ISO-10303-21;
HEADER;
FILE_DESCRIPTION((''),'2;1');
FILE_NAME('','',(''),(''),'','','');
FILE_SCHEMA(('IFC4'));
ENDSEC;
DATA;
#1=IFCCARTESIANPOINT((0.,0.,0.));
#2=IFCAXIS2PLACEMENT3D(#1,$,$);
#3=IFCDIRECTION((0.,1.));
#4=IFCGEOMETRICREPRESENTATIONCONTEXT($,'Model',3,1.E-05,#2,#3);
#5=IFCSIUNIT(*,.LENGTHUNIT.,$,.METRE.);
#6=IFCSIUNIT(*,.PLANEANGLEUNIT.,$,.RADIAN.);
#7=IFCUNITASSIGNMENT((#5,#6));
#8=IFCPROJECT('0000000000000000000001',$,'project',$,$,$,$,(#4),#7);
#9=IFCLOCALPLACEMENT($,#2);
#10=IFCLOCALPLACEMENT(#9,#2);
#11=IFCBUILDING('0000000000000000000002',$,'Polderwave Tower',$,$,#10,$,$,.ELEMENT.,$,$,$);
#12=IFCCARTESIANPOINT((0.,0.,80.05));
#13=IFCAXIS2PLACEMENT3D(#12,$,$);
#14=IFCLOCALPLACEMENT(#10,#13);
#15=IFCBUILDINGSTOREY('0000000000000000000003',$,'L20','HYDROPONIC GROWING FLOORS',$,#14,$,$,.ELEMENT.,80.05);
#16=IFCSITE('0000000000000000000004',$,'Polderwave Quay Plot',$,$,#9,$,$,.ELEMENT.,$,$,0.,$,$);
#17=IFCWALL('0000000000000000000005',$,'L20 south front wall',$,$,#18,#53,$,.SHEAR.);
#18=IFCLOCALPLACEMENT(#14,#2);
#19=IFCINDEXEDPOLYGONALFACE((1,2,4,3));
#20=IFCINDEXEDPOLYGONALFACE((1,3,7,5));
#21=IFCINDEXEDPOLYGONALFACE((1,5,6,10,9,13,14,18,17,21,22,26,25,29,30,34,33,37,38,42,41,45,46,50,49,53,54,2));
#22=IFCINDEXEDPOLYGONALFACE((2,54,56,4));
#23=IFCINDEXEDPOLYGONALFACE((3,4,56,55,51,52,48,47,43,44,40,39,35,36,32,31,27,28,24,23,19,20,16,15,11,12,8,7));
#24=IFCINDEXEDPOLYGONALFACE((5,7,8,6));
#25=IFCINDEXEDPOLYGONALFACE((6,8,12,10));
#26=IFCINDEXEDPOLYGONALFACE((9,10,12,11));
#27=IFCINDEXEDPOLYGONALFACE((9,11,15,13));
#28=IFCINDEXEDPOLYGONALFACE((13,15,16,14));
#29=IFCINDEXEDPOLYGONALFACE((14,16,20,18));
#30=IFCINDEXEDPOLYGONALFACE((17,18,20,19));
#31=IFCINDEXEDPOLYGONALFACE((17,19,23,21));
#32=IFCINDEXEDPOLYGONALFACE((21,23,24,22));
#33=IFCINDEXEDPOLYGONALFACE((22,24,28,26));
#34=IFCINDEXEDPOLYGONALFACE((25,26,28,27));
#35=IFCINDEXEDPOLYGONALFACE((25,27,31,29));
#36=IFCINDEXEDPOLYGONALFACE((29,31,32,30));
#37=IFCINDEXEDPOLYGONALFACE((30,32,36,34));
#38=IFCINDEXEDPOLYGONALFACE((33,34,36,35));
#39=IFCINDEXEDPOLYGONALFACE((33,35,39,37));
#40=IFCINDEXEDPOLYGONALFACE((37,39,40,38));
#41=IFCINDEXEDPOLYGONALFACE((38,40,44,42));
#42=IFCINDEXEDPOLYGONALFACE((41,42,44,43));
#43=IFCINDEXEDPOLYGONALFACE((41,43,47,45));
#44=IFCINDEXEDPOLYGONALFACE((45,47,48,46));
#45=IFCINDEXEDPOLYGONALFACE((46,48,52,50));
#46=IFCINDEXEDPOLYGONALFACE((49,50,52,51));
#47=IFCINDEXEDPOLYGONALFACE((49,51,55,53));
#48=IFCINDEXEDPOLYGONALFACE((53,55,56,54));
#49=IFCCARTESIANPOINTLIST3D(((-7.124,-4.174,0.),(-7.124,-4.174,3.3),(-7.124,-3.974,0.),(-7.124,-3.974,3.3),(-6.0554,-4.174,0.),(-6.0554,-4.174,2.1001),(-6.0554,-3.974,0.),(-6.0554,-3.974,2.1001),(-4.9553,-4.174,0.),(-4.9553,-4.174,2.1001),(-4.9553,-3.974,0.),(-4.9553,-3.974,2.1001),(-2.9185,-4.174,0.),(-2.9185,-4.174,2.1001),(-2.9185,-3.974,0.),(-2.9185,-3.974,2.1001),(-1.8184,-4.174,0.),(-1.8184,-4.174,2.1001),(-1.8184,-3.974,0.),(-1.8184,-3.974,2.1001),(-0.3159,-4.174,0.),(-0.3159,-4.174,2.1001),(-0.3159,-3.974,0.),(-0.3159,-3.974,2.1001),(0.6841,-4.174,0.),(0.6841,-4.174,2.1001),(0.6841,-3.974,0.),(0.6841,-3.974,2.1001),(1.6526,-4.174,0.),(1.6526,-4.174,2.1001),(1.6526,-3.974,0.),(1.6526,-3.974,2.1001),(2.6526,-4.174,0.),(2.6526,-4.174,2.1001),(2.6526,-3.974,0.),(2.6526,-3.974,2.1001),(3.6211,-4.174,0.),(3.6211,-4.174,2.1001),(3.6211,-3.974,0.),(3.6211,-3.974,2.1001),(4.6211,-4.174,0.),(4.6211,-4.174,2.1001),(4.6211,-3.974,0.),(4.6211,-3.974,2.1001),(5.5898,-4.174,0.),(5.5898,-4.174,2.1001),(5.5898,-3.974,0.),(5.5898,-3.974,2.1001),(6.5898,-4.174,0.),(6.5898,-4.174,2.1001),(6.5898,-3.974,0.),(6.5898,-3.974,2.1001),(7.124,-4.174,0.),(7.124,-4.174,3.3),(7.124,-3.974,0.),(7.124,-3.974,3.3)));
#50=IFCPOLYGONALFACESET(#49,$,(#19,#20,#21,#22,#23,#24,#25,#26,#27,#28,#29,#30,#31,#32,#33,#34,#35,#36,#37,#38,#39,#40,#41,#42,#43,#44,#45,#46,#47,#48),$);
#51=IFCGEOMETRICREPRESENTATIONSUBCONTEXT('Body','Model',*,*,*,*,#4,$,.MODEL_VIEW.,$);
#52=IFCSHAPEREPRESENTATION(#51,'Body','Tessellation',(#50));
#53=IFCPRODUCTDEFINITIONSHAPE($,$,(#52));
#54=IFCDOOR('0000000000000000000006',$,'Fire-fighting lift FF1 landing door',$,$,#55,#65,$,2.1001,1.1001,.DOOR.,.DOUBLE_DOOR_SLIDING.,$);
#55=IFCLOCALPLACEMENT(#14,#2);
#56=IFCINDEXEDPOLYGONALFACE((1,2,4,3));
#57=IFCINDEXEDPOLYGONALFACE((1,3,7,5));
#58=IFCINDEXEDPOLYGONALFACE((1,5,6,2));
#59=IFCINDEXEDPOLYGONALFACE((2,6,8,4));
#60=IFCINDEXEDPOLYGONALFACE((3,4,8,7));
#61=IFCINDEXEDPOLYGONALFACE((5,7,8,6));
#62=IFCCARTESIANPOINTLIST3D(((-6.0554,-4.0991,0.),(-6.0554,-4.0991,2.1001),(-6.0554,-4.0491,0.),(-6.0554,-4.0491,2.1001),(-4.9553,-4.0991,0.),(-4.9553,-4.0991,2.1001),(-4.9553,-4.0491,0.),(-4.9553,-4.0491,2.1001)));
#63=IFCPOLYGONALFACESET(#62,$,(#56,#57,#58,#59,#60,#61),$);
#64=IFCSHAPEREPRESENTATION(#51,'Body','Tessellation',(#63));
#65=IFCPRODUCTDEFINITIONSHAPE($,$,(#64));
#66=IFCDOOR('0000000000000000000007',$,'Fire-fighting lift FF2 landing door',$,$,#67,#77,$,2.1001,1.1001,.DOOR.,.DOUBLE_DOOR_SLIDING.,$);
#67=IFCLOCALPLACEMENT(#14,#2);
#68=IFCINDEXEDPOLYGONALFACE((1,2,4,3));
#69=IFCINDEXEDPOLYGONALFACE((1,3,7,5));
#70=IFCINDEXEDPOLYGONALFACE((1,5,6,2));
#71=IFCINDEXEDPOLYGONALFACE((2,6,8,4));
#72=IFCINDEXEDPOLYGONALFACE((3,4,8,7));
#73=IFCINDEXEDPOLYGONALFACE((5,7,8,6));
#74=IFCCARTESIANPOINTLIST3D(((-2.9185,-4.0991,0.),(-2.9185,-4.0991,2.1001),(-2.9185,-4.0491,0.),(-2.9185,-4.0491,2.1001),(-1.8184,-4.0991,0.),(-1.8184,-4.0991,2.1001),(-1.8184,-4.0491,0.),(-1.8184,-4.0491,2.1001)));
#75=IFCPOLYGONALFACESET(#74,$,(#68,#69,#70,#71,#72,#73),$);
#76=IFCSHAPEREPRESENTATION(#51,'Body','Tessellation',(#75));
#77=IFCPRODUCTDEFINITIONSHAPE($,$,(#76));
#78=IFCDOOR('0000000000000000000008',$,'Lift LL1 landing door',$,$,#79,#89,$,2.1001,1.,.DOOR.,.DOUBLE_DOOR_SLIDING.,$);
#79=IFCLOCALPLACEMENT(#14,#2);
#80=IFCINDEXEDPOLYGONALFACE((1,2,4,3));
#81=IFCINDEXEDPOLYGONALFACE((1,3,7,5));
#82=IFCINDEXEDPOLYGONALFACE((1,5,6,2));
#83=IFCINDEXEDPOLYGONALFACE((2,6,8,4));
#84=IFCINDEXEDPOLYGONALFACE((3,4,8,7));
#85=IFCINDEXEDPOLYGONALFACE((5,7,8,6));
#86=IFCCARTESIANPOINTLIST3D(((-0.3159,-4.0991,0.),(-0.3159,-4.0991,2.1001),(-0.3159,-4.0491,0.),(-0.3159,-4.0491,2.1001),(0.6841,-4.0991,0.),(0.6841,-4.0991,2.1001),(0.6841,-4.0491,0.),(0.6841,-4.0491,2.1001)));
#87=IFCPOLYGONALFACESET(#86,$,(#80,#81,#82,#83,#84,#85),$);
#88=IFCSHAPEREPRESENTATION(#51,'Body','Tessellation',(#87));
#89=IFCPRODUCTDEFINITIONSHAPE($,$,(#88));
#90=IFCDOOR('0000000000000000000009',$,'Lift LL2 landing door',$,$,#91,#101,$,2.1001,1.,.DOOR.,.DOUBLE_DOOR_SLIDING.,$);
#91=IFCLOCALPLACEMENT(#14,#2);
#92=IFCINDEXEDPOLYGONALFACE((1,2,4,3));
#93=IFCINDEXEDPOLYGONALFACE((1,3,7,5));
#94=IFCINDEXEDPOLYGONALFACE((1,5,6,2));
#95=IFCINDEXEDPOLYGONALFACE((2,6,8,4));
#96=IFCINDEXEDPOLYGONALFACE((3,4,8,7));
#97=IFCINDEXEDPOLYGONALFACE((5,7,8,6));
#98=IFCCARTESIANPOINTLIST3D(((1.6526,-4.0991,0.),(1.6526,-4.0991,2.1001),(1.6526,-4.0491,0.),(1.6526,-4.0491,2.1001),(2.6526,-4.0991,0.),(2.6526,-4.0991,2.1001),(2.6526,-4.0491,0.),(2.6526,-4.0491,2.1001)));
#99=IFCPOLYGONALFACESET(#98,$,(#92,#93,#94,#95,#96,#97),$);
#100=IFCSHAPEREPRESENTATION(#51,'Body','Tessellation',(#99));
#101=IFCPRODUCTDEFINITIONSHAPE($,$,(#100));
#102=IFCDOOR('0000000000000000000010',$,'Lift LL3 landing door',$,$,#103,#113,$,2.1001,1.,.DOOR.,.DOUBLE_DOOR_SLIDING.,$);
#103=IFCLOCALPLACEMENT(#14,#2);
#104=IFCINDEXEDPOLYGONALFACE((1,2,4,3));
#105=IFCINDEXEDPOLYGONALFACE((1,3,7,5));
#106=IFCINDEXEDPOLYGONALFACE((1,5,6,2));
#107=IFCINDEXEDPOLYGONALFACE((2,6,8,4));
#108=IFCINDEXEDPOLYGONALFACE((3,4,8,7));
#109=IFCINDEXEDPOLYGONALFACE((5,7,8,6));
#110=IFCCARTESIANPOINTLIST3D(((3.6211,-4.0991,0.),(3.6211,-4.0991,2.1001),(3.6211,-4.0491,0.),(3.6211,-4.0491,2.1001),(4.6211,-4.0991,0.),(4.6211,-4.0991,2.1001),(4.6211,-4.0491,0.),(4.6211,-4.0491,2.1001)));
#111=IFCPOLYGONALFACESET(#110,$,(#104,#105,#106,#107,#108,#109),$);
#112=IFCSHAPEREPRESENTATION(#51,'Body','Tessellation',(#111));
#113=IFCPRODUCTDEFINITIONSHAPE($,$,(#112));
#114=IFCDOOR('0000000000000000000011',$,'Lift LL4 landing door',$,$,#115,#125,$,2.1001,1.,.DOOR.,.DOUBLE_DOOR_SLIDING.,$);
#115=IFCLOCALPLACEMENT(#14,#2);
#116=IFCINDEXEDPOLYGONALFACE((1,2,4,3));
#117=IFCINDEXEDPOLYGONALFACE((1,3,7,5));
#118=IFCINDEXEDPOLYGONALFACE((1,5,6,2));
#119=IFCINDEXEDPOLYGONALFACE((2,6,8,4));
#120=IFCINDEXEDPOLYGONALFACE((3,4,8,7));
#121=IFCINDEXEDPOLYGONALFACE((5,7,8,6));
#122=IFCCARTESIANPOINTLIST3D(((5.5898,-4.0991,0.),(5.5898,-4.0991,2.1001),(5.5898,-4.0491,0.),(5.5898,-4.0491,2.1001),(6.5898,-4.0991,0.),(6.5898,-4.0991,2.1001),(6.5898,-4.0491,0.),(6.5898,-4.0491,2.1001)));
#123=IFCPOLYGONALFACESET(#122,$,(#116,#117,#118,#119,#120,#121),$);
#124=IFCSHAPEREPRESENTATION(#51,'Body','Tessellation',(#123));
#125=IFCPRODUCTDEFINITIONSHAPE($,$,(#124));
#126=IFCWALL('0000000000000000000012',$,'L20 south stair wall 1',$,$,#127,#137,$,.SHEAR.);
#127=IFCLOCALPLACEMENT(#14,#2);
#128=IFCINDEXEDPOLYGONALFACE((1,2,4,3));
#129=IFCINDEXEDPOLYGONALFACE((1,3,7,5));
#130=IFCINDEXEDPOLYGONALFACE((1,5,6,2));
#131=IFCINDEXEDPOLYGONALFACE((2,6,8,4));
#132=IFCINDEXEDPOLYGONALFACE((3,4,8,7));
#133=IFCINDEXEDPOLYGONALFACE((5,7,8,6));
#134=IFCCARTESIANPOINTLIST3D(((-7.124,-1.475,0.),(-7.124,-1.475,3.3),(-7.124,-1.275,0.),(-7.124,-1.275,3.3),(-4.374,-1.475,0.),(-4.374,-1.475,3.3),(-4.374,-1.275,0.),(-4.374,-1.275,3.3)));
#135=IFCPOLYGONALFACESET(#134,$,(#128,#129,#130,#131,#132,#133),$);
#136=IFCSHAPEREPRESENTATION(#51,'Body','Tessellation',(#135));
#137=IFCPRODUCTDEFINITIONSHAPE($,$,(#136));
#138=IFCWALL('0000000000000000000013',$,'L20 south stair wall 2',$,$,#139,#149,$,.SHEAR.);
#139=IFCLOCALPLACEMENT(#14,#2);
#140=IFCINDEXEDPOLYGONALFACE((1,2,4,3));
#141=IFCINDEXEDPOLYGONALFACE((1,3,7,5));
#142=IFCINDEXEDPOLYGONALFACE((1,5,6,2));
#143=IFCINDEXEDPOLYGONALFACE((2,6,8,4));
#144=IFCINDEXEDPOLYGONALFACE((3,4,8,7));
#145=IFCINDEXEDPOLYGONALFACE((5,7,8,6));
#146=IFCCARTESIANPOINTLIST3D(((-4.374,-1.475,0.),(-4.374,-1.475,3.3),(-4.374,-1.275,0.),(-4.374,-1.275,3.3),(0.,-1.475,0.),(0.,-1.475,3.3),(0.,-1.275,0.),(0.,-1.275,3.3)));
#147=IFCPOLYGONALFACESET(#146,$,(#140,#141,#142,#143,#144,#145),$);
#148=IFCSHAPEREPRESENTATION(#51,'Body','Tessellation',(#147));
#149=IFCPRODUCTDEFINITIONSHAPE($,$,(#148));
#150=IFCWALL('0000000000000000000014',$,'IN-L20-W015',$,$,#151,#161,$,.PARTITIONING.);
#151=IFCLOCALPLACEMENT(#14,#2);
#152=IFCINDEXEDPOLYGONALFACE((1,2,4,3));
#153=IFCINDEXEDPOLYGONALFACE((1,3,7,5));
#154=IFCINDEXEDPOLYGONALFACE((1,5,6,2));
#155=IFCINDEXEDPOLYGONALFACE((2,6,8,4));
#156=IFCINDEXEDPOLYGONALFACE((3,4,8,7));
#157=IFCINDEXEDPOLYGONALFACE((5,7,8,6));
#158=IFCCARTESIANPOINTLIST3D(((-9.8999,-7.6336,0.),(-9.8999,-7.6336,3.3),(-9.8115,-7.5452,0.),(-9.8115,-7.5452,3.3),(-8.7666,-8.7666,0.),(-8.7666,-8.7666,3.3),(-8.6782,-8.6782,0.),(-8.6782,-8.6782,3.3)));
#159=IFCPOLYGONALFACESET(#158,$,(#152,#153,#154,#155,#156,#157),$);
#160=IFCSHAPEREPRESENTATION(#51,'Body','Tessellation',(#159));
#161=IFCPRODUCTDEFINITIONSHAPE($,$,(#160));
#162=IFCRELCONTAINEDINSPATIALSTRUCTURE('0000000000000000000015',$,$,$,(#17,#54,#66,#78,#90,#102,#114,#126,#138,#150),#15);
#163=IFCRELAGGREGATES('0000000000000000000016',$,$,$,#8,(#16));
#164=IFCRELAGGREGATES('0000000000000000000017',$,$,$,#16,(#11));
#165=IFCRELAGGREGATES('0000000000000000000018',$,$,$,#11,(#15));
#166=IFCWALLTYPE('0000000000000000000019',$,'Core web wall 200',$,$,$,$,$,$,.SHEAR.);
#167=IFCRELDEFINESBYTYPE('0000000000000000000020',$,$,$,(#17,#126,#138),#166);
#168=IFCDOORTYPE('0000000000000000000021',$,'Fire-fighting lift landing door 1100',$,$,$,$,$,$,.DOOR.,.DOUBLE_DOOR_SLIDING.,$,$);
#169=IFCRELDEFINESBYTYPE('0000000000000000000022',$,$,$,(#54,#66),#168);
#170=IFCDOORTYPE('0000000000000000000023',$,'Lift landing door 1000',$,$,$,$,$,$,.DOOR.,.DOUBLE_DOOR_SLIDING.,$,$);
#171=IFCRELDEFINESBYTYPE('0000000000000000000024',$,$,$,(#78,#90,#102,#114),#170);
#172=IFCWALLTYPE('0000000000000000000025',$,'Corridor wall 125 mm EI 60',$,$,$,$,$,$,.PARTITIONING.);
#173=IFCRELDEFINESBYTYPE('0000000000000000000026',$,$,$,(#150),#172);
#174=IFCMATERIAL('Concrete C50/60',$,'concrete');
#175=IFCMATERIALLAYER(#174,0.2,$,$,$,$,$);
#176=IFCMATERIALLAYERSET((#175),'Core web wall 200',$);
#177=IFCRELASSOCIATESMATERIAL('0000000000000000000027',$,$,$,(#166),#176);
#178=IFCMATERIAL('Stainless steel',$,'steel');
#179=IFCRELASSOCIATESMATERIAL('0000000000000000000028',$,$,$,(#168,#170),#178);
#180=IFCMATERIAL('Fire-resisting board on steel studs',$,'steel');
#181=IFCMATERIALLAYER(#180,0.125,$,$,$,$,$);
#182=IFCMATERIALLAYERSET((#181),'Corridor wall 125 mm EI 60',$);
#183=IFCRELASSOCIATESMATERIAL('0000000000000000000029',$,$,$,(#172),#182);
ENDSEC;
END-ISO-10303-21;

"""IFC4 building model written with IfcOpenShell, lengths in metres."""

from ifc_helpers import new_model, si_unit, direction, frame, frame_2d, origin, place, context, subcontext, project, spatial, rectangle, extrude, material, layer, layer_set, type_object, element, fill, save


model = new_model("IFC4")

# Units and contexts
model_context = context("Model", 3, precision=1e-05, world=origin(), true_north=direction((0.0, 1.0)))
body_context = subcontext(model_context, "Body", "Model", "MODEL_VIEW")
ifc_project = project(units=[si_unit("LENGTHUNIT", "METRE"), si_unit("PLANEANGLEUNIT", "RADIAN")], contexts=[model_context])

# Site, building, storey
site_placement = place(None, origin())
site = spatial("IfcSite", under=ifc_project, at=site_placement, Name="Polderwave Quay Plot", CompositionType="ELEMENT", RefElevation=0.0)
building_placement = place(site_placement, origin())
building = spatial("IfcBuilding", under=site, at=building_placement, Name="Polderwave Tower", CompositionType="ELEMENT")
storey_placement = place(building_placement, frame((0.0, 0.0, 80.05)))
storey = spatial("IfcBuildingStorey", under=building, at=storey_placement, Name="L20", Description="HYDROPONIC GROWING FLOORS", CompositionType="ELEMENT", Elevation=80.05)

# Wall, openings, doors
ifc_material_1 = material(Name="Concrete C50/60", Category="concrete")
ifc_layer_1 = layer(ifc_material_1, 0.2)
ifc_layer_set_1 = layer_set([ifc_layer_1], Name="Core web wall 200")
wall_type_1 = type_object("IfcWallType", Name="Core web wall 200", PredefinedType="SHEAR", material=ifc_layer_set_1)
wall_1_placement = place(storey_placement, frame((-7.124, -4.074, 0.0), z_axis=(0.0, 0.0, 1.0), x_axis=(1.0, 0.0, 0.0)))
wall_1 = element("IfcWall", 1, at=wall_1_placement, inside=storey, type_object=wall_type_1, Name="L20 south front wall", PredefinedType="SHEAR", context=body_context, shape_type="SweptSolid", body=[
    extrude(rectangle(XDim=14.248, YDim=0.2, at=frame_2d((7.124, 0.0))), origin(), (0.0, 0.0, 1.0), 3.3),
])
opening_1_placement = place(wall_1_placement, frame((1.0686, 0.0, 0.0)))
opening_1 = element("IfcOpeningElement", 2, at=opening_1_placement, cuts=wall_1, PredefinedType="OPENING", context=body_context, shape_type="SweptSolid", body=[
    extrude(rectangle(XDim=1.1001, YDim=2.1001, at=frame_2d((0.55, 1.05))), frame((0.0, 0.1099, 0.0), z_axis=(0.0, -1.0, 0.0), x_axis=(1.0, 0.0, 0.0)), (0.0, 0.0, 1.0), 0.22),
])
opening_2_placement = place(wall_1_placement, frame((4.2056, 0.0, 0.0)))
opening_2 = element("IfcOpeningElement", 3, at=opening_2_placement, cuts=wall_1, PredefinedType="OPENING", context=body_context, shape_type="SweptSolid", body=[
    extrude(rectangle(XDim=1.1001, YDim=2.1001, at=frame_2d((0.55, 1.05))), frame((0.0, 0.1099, 0.0), z_axis=(0.0, -1.0, 0.0), x_axis=(1.0, 0.0, 0.0)), (0.0, 0.0, 1.0), 0.22),
])
opening_3_placement = place(wall_1_placement, frame((6.8081, 0.0, 0.0)))
opening_3 = element("IfcOpeningElement", 4, at=opening_3_placement, cuts=wall_1, PredefinedType="OPENING", context=body_context, shape_type="SweptSolid", body=[
    extrude(rectangle(XDim=1.0, YDim=2.1001, at=frame_2d((0.5, 1.05))), frame((0.0, 0.1099, 0.0), z_axis=(0.0, -1.0, 0.0), x_axis=(1.0, 0.0, 0.0)), (0.0, 0.0, 1.0), 0.22),
])
opening_4_placement = place(wall_1_placement, frame((8.7766, 0.0, 0.0)))
opening_4 = element("IfcOpeningElement", 5, at=opening_4_placement, cuts=wall_1, PredefinedType="OPENING", context=body_context, shape_type="SweptSolid", body=[
    extrude(rectangle(XDim=1.0, YDim=2.1001, at=frame_2d((0.5, 1.05))), frame((0.0, 0.1099, 0.0), z_axis=(0.0, -1.0, 0.0), x_axis=(1.0, 0.0, 0.0)), (0.0, 0.0, 1.0), 0.22),
])
opening_5_placement = place(wall_1_placement, frame((10.7451, 0.0, 0.0)))
opening_5 = element("IfcOpeningElement", 6, at=opening_5_placement, cuts=wall_1, PredefinedType="OPENING", context=body_context, shape_type="SweptSolid", body=[
    extrude(rectangle(XDim=1.0, YDim=2.1001, at=frame_2d((0.5, 1.05))), frame((0.0, 0.1099, 0.0), z_axis=(0.0, -1.0, 0.0), x_axis=(1.0, 0.0, 0.0)), (0.0, 0.0, 1.0), 0.22),
])
opening_6_placement = place(wall_1_placement, frame((12.7139, 0.0, 0.0)))
opening_6 = element("IfcOpeningElement", 7, at=opening_6_placement, cuts=wall_1, PredefinedType="OPENING", context=body_context, shape_type="SweptSolid", body=[
    extrude(rectangle(XDim=1.0, YDim=2.1001, at=frame_2d((0.5, 1.05))), frame((0.0, 0.1099, 0.0), z_axis=(0.0, -1.0, 0.0), x_axis=(1.0, 0.0, 0.0)), (0.0, 0.0, 1.0), 0.22),
])
ifc_material_2 = material(Name="Stainless steel", Category="steel")
door_type_1 = type_object("IfcDoorType", Name="Fire-fighting lift landing door 1100", OperationType="DOUBLE_DOOR_SLIDING", PredefinedType="DOOR", material=ifc_material_2)
door_1_placement = place(opening_1_placement, origin())
door_1 = element("IfcDoor", 8, at=door_1_placement, inside=storey, type_object=door_type_1, Name="Fire-fighting lift FF1 landing door", OperationType="DOUBLE_DOOR_SLIDING", OverallHeight=2.1001, OverallWidth=1.1001, PredefinedType="DOOR", context=body_context, shape_type="SweptSolid", body=[
    extrude(rectangle(XDim=1.1001, YDim=2.1001, at=frame_2d((0.55, 1.05))), frame((0.0, 0.0249, 0.0), z_axis=(0.0, -1.0, 0.0), x_axis=(1.0, 0.0, 0.0)), (0.0, 0.0, 1.0), 0.05),
])
fill(opening_1, door_1)
door_2_placement = place(opening_2_placement, origin())
door_2 = element("IfcDoor", 9, at=door_2_placement, inside=storey, type_object=door_type_1, Name="Fire-fighting lift FF2 landing door", OperationType="DOUBLE_DOOR_SLIDING", OverallHeight=2.1001, OverallWidth=1.1001, PredefinedType="DOOR", context=body_context, shape_type="SweptSolid", body=[
    extrude(rectangle(XDim=1.1001, YDim=2.1001, at=frame_2d((0.55, 1.05))), frame((0.0, 0.0249, 0.0), z_axis=(0.0, -1.0, 0.0), x_axis=(1.0, 0.0, 0.0)), (0.0, 0.0, 1.0), 0.05),
])
fill(opening_2, door_2)
door_type_2 = type_object("IfcDoorType", Name="Lift landing door 1000", OperationType="DOUBLE_DOOR_SLIDING", PredefinedType="DOOR", material=ifc_material_2)
door_3_placement = place(opening_3_placement, origin())
door_3 = element("IfcDoor", 10, at=door_3_placement, inside=storey, type_object=door_type_2, Name="Lift LL1 landing door", OperationType="DOUBLE_DOOR_SLIDING", OverallHeight=2.1001, OverallWidth=1.0, PredefinedType="DOOR", context=body_context, shape_type="SweptSolid", body=[
    extrude(rectangle(XDim=1.0, YDim=2.1001, at=frame_2d((0.5, 1.05))), frame((0.0, 0.0249, 0.0), z_axis=(0.0, -1.0, 0.0), x_axis=(1.0, 0.0, 0.0)), (0.0, 0.0, 1.0), 0.05),
])
fill(opening_3, door_3)
door_4_placement = place(opening_4_placement, origin())
door_4 = element("IfcDoor", 11, at=door_4_placement, inside=storey, type_object=door_type_2, Name="Lift LL2 landing door", OperationType="DOUBLE_DOOR_SLIDING", OverallHeight=2.1001, OverallWidth=1.0, PredefinedType="DOOR", context=body_context, shape_type="SweptSolid", body=[
    extrude(rectangle(XDim=1.0, YDim=2.1001, at=frame_2d((0.5, 1.05))), frame((0.0, 0.0249, 0.0), z_axis=(0.0, -1.0, 0.0), x_axis=(1.0, 0.0, 0.0)), (0.0, 0.0, 1.0), 0.05),
])
fill(opening_4, door_4)
door_5_placement = place(opening_5_placement, origin())
door_5 = element("IfcDoor", 12, at=door_5_placement, inside=storey, type_object=door_type_2, Name="Lift LL3 landing door", OperationType="DOUBLE_DOOR_SLIDING", OverallHeight=2.1001, OverallWidth=1.0, PredefinedType="DOOR", context=body_context, shape_type="SweptSolid", body=[
    extrude(rectangle(XDim=1.0, YDim=2.1001, at=frame_2d((0.5, 1.05))), frame((0.0, 0.0249, 0.0), z_axis=(0.0, -1.0, 0.0), x_axis=(1.0, 0.0, 0.0)), (0.0, 0.0, 1.0), 0.05),
])
fill(opening_5, door_5)
door_6_placement = place(opening_6_placement, origin())
door_6 = element("IfcDoor", 13, at=door_6_placement, inside=storey, type_object=door_type_2, Name="Lift LL4 landing door", OperationType="DOUBLE_DOOR_SLIDING", OverallHeight=2.1001, OverallWidth=1.0, PredefinedType="DOOR", context=body_context, shape_type="SweptSolid", body=[
    extrude(rectangle(XDim=1.0, YDim=2.1001, at=frame_2d((0.5, 1.05))), frame((0.0, 0.0249, 0.0), z_axis=(0.0, -1.0, 0.0), x_axis=(1.0, 0.0, 0.0)), (0.0, 0.0, 1.0), 0.05),
])
fill(opening_6, door_6)

# Walls
wall_2_placement = place(storey_placement, frame((-7.124, -1.375, 0.0), z_axis=(0.0, 0.0, 1.0), x_axis=(1.0, 0.0, 0.0)))
element("IfcWall", 14, at=wall_2_placement, inside=storey, type_object=wall_type_1, Name="L20 south stair wall 1", PredefinedType="SHEAR", context=body_context, shape_type="SweptSolid", body=[
    extrude(rectangle(XDim=2.75, YDim=0.2, at=frame_2d((1.375, 0.0))), origin(), (0.0, 0.0, 1.0), 3.3),
])
wall_3_placement = place(storey_placement, frame((-4.374, -1.375, 0.0), z_axis=(0.0, 0.0, 1.0), x_axis=(1.0, 0.0, 0.0)))
element("IfcWall", 15, at=wall_3_placement, inside=storey, type_object=wall_type_1, Name="L20 south stair wall 2", PredefinedType="SHEAR", context=body_context, shape_type="SweptSolid", body=[
    extrude(rectangle(XDim=4.374, YDim=0.2, at=frame_2d((2.187, 0.0))), origin(), (0.0, 0.0, 1.0), 3.3),
])
ifc_material_3 = material(Name="Fire-resisting board on steel studs", Category="steel")
ifc_layer_2 = layer(ifc_material_3, 0.125)
ifc_layer_set_2 = layer_set([ifc_layer_2], Name="Corridor wall 125 mm EI 60")
wall_type_2 = type_object("IfcWallType", Name="Corridor wall 125 mm EI 60", PredefinedType="PARTITIONING", material=ifc_layer_set_2)
wall_4_placement = place(storey_placement, frame((-8.7224, -8.7224, 0.0), z_axis=(0.0, 0.0, 1.0), x_axis=(-0.707183, 0.707031, 0.0)))
element("IfcWall", 16, at=wall_4_placement, inside=storey, type_object=wall_type_2, Name="IN-L20-W015", PredefinedType="PARTITIONING", context=body_context, shape_type="SweptSolid", body=[
    extrude(rectangle(XDim=1.6025, YDim=0.125, at=frame_2d((0.8013, 0.0))), origin(), (0.0, 0.0, 1.0), 3.3),
])

save(model, "model.ifc")
